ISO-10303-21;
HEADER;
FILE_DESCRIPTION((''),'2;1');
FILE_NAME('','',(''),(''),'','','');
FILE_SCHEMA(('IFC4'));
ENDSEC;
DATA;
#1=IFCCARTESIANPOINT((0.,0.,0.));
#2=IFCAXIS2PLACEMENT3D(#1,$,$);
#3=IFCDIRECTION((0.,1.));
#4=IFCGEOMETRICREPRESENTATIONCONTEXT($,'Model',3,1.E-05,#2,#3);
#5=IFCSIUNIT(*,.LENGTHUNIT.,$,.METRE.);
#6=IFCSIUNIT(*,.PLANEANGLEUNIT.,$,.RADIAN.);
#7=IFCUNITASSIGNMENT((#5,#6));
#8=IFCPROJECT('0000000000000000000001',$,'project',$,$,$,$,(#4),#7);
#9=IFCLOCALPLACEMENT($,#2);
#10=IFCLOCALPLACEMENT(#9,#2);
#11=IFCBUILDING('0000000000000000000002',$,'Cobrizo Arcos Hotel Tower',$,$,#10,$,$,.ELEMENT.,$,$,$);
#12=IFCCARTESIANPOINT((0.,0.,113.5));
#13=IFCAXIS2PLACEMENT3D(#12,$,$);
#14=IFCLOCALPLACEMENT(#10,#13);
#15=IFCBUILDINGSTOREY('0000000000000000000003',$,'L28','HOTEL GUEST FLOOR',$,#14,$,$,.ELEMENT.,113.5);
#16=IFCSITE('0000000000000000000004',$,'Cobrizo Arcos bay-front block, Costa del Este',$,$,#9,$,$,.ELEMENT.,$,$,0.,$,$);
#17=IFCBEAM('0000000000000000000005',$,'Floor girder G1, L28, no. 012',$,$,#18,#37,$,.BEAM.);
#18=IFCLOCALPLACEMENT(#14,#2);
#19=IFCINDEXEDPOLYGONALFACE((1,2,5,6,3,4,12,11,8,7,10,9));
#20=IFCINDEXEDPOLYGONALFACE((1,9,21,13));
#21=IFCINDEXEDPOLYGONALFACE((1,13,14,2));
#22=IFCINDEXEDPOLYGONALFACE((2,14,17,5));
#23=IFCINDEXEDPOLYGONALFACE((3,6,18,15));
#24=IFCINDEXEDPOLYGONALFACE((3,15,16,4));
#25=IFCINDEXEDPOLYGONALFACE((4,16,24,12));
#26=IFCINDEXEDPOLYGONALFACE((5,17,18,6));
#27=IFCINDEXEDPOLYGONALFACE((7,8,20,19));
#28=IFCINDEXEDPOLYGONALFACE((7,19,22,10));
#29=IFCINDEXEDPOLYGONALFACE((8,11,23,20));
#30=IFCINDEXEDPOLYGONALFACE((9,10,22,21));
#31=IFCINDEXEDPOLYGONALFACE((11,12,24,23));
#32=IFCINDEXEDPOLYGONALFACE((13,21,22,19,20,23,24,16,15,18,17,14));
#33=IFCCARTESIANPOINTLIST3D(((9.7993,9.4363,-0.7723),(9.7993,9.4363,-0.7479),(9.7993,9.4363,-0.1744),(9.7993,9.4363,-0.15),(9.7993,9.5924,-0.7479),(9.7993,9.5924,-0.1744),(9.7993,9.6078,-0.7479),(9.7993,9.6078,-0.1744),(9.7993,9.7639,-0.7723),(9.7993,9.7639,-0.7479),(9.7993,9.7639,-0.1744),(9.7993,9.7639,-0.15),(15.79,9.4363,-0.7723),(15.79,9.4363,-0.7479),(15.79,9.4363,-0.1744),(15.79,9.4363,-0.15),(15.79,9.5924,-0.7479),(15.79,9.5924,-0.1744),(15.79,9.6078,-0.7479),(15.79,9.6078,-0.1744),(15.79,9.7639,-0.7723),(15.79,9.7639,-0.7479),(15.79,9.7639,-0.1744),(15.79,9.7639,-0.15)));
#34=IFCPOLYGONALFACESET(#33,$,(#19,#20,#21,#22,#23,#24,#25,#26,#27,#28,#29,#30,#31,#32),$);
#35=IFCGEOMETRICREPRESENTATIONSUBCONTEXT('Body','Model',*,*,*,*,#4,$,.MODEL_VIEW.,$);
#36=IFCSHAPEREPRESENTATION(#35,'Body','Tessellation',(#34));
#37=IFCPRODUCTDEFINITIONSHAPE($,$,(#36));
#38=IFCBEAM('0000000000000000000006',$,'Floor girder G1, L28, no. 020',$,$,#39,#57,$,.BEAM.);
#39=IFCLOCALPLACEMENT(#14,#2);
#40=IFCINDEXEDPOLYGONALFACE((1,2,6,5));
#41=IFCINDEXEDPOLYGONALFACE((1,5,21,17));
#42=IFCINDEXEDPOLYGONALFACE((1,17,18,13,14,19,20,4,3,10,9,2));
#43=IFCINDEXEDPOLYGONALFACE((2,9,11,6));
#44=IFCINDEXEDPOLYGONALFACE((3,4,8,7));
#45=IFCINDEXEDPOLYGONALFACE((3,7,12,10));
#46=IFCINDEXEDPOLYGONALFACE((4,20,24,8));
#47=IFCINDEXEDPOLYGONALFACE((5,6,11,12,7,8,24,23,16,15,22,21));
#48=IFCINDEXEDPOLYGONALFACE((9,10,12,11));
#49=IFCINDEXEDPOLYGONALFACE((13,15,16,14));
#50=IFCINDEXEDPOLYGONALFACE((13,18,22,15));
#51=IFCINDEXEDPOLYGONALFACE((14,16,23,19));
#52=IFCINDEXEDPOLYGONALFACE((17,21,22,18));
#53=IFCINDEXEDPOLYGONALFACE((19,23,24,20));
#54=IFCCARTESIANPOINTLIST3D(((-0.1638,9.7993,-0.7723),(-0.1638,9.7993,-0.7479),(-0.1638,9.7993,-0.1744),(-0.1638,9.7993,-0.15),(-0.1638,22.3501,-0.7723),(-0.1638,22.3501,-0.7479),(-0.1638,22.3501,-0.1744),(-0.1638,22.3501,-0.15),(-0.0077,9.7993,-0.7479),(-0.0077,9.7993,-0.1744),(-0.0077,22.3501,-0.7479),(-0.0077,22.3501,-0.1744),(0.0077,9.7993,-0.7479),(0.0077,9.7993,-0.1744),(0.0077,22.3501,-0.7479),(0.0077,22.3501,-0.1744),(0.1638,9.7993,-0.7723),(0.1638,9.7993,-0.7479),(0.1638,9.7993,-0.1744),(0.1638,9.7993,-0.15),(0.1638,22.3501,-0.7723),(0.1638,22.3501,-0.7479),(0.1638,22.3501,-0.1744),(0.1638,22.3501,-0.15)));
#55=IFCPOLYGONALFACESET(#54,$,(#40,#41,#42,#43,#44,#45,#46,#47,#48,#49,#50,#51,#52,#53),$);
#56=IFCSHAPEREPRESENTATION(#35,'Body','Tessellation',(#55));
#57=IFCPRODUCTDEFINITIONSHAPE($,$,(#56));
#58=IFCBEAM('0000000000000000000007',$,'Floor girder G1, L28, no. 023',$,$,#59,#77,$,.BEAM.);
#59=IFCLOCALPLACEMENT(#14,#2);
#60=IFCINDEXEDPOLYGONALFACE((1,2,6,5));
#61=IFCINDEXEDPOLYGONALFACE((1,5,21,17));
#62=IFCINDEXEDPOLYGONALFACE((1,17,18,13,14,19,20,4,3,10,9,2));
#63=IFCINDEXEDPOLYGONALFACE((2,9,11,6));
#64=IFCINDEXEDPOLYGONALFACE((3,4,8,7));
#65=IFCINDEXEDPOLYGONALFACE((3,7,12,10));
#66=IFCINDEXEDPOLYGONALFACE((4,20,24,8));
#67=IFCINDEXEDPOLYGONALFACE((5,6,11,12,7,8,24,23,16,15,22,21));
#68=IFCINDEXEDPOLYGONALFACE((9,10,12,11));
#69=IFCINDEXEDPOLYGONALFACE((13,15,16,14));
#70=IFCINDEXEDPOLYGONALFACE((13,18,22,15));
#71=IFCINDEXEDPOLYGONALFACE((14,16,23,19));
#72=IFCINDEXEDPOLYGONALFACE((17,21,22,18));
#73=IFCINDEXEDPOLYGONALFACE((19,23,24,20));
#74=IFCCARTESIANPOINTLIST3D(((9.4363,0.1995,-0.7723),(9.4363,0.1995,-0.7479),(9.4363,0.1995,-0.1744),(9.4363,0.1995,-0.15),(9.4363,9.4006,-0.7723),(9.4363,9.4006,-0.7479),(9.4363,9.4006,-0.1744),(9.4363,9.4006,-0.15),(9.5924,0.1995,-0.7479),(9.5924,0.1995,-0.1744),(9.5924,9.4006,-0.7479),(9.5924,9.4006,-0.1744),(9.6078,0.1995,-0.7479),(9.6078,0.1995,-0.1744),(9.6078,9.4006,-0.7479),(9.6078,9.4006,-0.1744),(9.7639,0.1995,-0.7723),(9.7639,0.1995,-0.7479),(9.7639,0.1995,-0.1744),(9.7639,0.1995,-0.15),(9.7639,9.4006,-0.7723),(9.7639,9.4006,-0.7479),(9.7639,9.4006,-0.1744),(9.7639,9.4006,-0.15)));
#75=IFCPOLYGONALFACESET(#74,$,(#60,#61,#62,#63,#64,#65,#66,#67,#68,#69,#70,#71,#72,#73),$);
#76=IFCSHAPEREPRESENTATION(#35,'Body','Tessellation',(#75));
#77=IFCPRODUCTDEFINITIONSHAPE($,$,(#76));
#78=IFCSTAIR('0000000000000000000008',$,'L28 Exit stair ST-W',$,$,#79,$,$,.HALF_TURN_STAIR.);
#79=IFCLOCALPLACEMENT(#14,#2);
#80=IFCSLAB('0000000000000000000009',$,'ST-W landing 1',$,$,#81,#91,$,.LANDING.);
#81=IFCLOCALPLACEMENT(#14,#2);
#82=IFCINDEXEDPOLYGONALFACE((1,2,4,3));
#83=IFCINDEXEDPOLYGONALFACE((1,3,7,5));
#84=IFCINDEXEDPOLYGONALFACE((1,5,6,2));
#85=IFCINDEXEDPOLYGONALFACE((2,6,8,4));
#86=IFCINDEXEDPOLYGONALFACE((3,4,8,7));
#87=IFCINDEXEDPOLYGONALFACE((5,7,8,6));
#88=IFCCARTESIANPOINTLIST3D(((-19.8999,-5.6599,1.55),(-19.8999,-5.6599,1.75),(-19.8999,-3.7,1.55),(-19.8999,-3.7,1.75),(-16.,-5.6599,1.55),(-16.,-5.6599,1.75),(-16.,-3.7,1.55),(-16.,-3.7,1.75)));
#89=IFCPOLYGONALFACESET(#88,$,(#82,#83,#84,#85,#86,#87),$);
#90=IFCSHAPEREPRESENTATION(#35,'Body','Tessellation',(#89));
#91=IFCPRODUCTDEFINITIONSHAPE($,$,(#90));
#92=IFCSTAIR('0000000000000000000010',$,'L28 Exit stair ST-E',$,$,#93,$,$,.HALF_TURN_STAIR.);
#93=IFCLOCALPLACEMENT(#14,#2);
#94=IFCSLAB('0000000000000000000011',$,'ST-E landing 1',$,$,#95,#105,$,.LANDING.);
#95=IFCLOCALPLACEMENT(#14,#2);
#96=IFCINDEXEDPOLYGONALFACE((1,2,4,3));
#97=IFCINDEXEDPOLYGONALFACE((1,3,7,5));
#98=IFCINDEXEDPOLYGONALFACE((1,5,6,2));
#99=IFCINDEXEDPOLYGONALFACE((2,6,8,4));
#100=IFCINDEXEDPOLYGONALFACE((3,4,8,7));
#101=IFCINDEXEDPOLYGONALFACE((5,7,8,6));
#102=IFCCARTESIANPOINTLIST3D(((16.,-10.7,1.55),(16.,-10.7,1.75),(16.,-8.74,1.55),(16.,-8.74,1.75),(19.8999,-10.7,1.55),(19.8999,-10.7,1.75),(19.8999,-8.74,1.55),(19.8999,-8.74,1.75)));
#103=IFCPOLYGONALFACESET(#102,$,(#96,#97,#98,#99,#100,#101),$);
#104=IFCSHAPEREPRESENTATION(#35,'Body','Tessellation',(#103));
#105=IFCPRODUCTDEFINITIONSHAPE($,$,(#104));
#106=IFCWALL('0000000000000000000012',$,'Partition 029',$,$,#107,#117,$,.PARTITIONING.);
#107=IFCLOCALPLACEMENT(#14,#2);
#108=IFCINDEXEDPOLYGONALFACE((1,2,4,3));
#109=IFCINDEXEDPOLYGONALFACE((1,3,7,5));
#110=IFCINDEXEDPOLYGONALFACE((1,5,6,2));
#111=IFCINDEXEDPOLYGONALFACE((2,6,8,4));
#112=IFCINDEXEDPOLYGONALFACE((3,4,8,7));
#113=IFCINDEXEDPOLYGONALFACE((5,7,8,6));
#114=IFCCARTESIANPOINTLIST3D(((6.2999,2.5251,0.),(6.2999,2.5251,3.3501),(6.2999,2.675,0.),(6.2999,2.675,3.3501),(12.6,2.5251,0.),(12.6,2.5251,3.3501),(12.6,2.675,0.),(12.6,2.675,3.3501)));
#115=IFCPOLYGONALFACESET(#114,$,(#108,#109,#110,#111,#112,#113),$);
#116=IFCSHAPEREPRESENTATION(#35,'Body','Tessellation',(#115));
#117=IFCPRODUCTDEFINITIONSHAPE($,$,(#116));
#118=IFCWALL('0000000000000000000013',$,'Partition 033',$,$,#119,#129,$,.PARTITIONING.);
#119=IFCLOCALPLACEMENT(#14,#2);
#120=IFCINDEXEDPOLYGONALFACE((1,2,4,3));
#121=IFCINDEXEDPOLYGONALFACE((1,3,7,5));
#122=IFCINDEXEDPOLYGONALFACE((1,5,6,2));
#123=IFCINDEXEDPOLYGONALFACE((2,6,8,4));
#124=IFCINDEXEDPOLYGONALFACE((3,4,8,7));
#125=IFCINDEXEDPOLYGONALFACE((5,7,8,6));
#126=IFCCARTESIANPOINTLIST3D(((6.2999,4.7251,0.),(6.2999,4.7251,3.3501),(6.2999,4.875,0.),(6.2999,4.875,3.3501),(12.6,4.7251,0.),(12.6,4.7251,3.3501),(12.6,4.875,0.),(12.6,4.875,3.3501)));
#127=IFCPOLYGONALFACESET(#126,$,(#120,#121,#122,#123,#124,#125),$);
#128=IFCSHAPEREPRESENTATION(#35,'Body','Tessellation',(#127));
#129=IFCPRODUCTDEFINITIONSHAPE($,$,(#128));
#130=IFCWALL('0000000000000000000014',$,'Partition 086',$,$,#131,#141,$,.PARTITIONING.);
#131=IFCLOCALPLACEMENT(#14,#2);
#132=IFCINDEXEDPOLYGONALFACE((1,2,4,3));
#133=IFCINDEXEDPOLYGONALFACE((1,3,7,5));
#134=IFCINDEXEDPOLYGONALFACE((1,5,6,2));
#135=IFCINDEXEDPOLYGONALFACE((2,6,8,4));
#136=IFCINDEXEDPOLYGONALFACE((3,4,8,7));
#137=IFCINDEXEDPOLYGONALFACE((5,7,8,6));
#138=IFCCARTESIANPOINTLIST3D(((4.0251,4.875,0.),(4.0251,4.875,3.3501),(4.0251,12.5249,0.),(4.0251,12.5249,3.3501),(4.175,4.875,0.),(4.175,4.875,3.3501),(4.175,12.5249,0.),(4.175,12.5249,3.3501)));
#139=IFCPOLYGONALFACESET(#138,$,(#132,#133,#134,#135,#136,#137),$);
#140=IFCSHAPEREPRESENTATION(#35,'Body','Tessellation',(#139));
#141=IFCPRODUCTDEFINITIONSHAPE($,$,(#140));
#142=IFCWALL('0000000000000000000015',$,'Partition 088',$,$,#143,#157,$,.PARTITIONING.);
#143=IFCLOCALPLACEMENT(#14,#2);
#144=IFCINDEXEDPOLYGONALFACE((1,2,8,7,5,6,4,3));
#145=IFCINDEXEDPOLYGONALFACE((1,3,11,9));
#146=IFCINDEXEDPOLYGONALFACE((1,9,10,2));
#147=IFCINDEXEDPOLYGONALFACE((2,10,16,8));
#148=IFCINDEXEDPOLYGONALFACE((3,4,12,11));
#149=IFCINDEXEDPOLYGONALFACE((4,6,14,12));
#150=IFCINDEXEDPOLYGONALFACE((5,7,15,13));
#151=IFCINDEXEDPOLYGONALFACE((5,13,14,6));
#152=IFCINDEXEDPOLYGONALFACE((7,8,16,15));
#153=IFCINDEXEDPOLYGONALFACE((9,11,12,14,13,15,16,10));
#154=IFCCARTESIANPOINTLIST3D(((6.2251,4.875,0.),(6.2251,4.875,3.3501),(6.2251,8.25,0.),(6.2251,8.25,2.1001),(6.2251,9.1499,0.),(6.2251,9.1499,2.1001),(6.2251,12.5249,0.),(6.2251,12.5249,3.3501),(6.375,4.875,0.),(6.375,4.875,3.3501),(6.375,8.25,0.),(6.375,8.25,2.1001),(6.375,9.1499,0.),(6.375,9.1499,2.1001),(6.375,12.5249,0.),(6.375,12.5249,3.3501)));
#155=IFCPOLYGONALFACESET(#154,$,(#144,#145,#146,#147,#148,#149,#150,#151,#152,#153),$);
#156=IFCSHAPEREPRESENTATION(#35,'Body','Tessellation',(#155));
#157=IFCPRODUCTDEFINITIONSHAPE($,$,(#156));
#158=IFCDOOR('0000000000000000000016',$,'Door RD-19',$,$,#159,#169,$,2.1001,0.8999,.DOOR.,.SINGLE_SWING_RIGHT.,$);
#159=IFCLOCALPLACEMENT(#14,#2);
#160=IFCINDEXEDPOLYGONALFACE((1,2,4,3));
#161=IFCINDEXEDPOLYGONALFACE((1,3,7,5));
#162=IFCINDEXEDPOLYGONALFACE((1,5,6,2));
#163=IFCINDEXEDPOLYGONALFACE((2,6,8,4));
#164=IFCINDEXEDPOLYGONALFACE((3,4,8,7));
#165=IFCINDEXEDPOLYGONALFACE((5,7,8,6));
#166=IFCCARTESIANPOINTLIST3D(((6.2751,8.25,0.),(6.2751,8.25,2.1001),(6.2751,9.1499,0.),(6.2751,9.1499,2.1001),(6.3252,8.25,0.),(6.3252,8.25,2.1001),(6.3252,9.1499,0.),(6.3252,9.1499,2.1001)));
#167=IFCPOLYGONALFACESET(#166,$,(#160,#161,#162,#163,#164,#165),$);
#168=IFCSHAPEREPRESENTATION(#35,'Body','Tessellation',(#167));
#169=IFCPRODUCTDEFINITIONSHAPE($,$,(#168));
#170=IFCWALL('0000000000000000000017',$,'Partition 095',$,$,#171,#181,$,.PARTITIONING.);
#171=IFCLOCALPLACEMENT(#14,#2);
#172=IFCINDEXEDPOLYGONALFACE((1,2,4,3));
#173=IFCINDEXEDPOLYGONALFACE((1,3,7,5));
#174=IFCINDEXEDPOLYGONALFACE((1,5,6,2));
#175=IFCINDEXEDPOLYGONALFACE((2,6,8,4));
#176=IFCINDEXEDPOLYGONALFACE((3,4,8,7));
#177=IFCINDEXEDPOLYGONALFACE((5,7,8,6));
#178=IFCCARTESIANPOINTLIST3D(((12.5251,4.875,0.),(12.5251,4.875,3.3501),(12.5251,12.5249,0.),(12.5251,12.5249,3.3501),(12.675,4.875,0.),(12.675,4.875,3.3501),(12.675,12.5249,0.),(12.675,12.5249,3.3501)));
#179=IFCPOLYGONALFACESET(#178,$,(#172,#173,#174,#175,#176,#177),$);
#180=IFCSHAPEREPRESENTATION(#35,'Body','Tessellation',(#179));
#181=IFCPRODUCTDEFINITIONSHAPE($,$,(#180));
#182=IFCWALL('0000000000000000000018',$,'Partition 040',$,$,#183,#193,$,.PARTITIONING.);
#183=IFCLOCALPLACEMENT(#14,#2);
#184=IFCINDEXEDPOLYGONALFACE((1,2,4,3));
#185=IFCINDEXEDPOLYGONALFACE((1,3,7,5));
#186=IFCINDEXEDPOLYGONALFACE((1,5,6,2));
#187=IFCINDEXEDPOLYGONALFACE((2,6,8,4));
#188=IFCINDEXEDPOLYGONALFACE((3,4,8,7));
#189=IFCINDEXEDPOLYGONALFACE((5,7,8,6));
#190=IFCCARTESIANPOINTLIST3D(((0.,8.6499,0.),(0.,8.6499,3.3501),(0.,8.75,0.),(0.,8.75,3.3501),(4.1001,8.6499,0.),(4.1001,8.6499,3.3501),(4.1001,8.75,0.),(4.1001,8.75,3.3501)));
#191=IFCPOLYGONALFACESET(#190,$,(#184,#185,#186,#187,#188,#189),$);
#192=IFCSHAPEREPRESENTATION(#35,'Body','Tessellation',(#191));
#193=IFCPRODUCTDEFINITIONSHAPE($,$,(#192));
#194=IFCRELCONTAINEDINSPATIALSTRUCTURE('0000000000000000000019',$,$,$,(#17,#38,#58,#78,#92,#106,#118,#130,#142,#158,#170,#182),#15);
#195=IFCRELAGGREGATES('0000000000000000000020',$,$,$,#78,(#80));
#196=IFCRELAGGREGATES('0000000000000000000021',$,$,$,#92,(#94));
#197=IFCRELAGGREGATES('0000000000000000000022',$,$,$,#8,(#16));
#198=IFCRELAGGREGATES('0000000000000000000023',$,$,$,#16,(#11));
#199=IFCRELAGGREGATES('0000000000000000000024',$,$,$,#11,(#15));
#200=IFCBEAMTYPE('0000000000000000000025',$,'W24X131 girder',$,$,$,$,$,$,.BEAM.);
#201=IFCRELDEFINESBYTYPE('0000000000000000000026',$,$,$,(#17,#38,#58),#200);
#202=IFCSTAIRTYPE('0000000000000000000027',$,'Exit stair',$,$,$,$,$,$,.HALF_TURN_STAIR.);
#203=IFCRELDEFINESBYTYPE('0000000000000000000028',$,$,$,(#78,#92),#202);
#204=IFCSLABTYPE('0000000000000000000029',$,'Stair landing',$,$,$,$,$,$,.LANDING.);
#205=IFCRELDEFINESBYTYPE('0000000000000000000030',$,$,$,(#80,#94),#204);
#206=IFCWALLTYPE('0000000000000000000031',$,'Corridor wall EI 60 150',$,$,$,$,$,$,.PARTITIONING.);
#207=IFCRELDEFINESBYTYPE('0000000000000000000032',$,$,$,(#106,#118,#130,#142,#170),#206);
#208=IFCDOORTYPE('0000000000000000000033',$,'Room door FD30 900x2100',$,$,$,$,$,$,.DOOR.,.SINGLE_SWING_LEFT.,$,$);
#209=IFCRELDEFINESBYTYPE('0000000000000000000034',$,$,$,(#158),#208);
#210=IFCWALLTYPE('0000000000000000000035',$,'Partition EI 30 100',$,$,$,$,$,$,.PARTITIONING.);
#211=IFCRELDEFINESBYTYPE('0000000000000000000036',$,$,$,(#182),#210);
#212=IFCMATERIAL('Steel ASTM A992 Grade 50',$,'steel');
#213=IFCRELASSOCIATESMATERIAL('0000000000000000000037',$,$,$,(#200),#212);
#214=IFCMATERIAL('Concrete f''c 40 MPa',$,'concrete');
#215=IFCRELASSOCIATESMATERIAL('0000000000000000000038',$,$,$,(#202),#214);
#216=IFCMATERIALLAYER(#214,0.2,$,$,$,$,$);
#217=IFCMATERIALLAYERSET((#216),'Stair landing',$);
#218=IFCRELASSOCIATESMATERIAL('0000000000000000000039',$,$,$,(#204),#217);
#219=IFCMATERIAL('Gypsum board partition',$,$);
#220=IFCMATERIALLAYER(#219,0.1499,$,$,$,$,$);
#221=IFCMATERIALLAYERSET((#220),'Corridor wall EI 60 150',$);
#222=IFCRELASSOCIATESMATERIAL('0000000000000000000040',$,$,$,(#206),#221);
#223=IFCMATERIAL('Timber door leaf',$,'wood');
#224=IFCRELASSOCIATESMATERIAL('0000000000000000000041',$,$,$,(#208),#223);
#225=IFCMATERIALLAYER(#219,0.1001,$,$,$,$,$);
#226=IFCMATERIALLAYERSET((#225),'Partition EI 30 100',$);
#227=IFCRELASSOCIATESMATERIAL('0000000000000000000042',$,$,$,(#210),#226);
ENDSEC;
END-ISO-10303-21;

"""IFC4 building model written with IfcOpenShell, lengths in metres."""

from ifc_helpers import new_model, si_unit, direction, frame, frame_2d, origin, origin_2d, place, context, subcontext, project, spatial, polyline, rectangle, i_section, outline, extrude, material, layer, layer_set, material_profile, profile_set, type_object, element, fill, aggregate, save


model = new_model("IFC4")

# Units and contexts
model_context = context("Model", 3, precision=1e-05, world=origin(), true_north=direction((0.0, 1.0)))
body_context = subcontext(model_context, "Body", "Model", "MODEL_VIEW")
ifc_project = project(units=[si_unit("LENGTHUNIT", "METRE"), si_unit("PLANEANGLEUNIT", "RADIAN")], contexts=[model_context])

# Site, building, storey
site_placement = place(None, origin())
site = spatial("IfcSite", under=ifc_project, at=site_placement, Name="Cobrizo Arcos bay-front block, Costa del Este", CompositionType="ELEMENT", RefElevation=0.0)
building_placement = place(site_placement, origin())
building = spatial("IfcBuilding", under=site, at=building_placement, Name="Cobrizo Arcos Hotel Tower", CompositionType="ELEMENT")
storey_placement = place(building_placement, frame((0.0, 0.0, 113.5)))
storey = spatial("IfcBuildingStorey", under=building, at=storey_placement, Name="L28", Description="HOTEL GUEST FLOOR", CompositionType="ELEMENT", Elevation=113.5)

# Shared definitions
ifc_material_1 = material(Name="Steel ASTM A992 Grade 50", Category="steel")

# Beams
ifc_material_profile_1 = material_profile(ifc_material_1, i_section(OverallWidth=0.3276, OverallDepth=0.6223, WebThickness=0.0154, FlangeThickness=0.0244, at=origin_2d()), Name="W24X131")
ifc_profile_set_1 = profile_set([ifc_material_profile_1], Name="Steel ASTM A992 Grade 50")
beam_type_1 = type_object("IfcBeamType", Name="W24X131 girder", PredefinedType="BEAM", material=ifc_profile_set_1)
beam_1_placement = place(storey_placement, frame((9.7993, 9.6001, -0.4612), z_axis=(1.0, 0.0, 0.0), x_axis=(0.0, 1.0, 0.0)))
element("IfcBeam", 1, at=beam_1_placement, inside=storey, type_object=beam_type_1, Name="Floor girder G1, L28, no. 012", PredefinedType="BEAM", context=body_context, shape_type="SweptSolid", body=[
    extrude(i_section(OverallWidth=0.3276, OverallDepth=0.6223, WebThickness=0.0154, FlangeThickness=0.0244, at=origin_2d()), origin(), (0.0, 0.0, 1.0), 5.9907),
])
beam_2_placement = place(storey_placement, frame((0.0, 9.7993, -0.4612), z_axis=(0.0, 1.0, 0.0), x_axis=(-1.0, 0.0, 0.0)))
element("IfcBeam", 2, at=beam_2_placement, inside=storey, type_object=beam_type_1, Name="Floor girder G1, L28, no. 020", PredefinedType="BEAM", context=body_context, shape_type="SweptSolid", body=[
    extrude(i_section(OverallWidth=0.3276, OverallDepth=0.6223, WebThickness=0.0154, FlangeThickness=0.0244, at=origin_2d()), origin(), (0.0, 0.0, 1.0), 12.5508),
])
beam_3_placement = place(storey_placement, frame((9.6001, 0.1995, -0.4612), z_axis=(0.0, 1.0, 0.0), x_axis=(-1.0, 0.0, 0.0)))
element("IfcBeam", 3, at=beam_3_placement, inside=storey, type_object=beam_type_1, Name="Floor girder G1, L28, no. 023", PredefinedType="BEAM", context=body_context, shape_type="SweptSolid", body=[
    extrude(i_section(OverallWidth=0.3276, OverallDepth=0.6223, WebThickness=0.0154, FlangeThickness=0.0244, at=origin_2d()), origin(), (0.0, 0.0, 1.0), 9.2012),
])

# Stairs, slabs
ifc_material_2 = material(Name="Concrete f'c 40 MPa", Category="concrete")
stair_type = type_object("IfcStairType", Name="Exit stair", PredefinedType="HALF_TURN_STAIR", material=ifc_material_2)
stair_1_placement = place(storey_placement, origin())
stair_1 = element("IfcStair", 4, at=stair_1_placement, inside=storey, type_object=stair_type, Name="L28 Exit stair ST-W", PredefinedType="HALF_TURN_STAIR")
ifc_layer_1 = layer(ifc_material_2, 0.2)
ifc_layer_set_1 = layer_set([ifc_layer_1], Name="Stair landing")
slab_type = type_object("IfcSlabType", Name="Stair landing", PredefinedType="LANDING", material=ifc_layer_set_1)
slab_1_placement = place(storey_placement, frame((0.0, 0.0, 1.55)))
slab_1 = element("IfcSlab", 5, at=slab_1_placement, type_object=slab_type, Name="ST-W landing 1", PredefinedType="LANDING", context=body_context, shape_type="SweptSolid", body=[
    extrude(outline(polyline([(-16.0, -5.6599), (-16.0, -3.7), (-19.8999, -3.7), (-19.8999, -5.6599), (-16.0, -5.6599)])), origin(), (0.0, 0.0, 1.0), 0.2),
])
aggregate(stair_1, [slab_1])
stair_2_placement = place(storey_placement, origin())
stair_2 = element("IfcStair", 6, at=stair_2_placement, inside=storey, type_object=stair_type, Name="L28 Exit stair ST-E", PredefinedType="HALF_TURN_STAIR")
slab_2_placement = place(storey_placement, frame((0.0, 0.0, 1.55)))
slab_2 = element("IfcSlab", 7, at=slab_2_placement, type_object=slab_type, Name="ST-E landing 1", PredefinedType="LANDING", context=body_context, shape_type="SweptSolid", body=[
    extrude(outline(polyline([(16.0, -8.74), (16.0, -10.7), (19.8999, -10.7), (19.8999, -8.74), (16.0, -8.74)])), origin(), (0.0, 0.0, 1.0), 0.2),
])
aggregate(stair_2, [slab_2])

# Walls
ifc_material_3 = material(Name="Gypsum board partition")
ifc_layer_2 = layer(ifc_material_3, 0.1499)
ifc_layer_set_2 = layer_set([ifc_layer_2], Name="Corridor wall EI 60 150")
wall_type_1 = type_object("IfcWallType", Name="Corridor wall EI 60 150", PredefinedType="PARTITIONING", material=ifc_layer_set_2)
for number, where, z_axis, x_axis, name in (
    (8, (6.3, 2.6001, 0.0), (0.0, 0.0, 1.0), (1.0, 0.0, 0.0), "Partition 029"),
    (9, (6.3, 4.8, 0.0), (0.0, 0.0, 1.0), (1.0, 0.0, 0.0), "Partition 033"),
):
    element("IfcWall", number, at=place(storey_placement, frame(where, z_axis=z_axis, x_axis=x_axis)), inside=storey, type_object=wall_type_1, Name=name, PredefinedType="PARTITIONING", context=body_context, shape_type="SweptSolid", body=[
        extrude(rectangle(XDim=6.3, YDim=0.1499, at=frame_2d((3.1499, 0.0))), origin(), (0.0, 0.0, 1.0), 3.3501),
    ])
wall_1_placement = place(storey_placement, frame((4.1001, 4.875, 0.0), z_axis=(0.0, 0.0, 1.0), x_axis=(0.0, 1.0, 0.0)))
element("IfcWall", 10, at=wall_1_placement, inside=storey, type_object=wall_type_1, Name="Partition 086", PredefinedType="PARTITIONING", context=body_context, shape_type="SweptSolid", body=[
    extrude(rectangle(XDim=7.6499, YDim=0.1499, at=frame_2d((3.825, 0.0))), origin(), (0.0, 0.0, 1.0), 3.3501),
])

# Wall, opening, door
wall_2_placement = place(storey_placement, frame((6.3, 4.875, 0.0), z_axis=(0.0, 0.0, 1.0), x_axis=(0.0, 1.0, 0.0)))
wall_2 = element("IfcWall", 11, at=wall_2_placement, inside=storey, type_object=wall_type_1, Name="Partition 088", PredefinedType="PARTITIONING", context=body_context, shape_type="SweptSolid", body=[
    extrude(rectangle(XDim=7.6499, YDim=0.1499, at=frame_2d((3.825, 0.0))), origin(), (0.0, 0.0, 1.0), 3.3501),
])
opening_1_placement = place(wall_2_placement, frame((3.375, 0.0, 0.0)))
opening_1 = element("IfcOpeningElement", 12, at=opening_1_placement, cuts=wall_2, PredefinedType="OPENING", context=body_context, shape_type="SweptSolid", body=[
    extrude(rectangle(XDim=0.8999, YDim=2.1001, at=frame_2d((0.45, 1.05))), frame((0.0, 0.0869, 0.0), z_axis=(0.0, -1.0, 0.0), x_axis=(1.0, 0.0, 0.0)), (0.0, 0.0, 1.0), 0.1738),
])
ifc_material_4 = material(Name="Timber door leaf", Category="wood")
door_type_1 = type_object("IfcDoorType", Name="Room door FD30 900x2100", OperationType="SINGLE_SWING_LEFT", PredefinedType="DOOR", material=ifc_material_4)
door_1_placement = place(opening_1_placement, origin())
door_1 = element("IfcDoor", 13, at=door_1_placement, inside=storey, type_object=door_type_1, Name="Door RD-19", OperationType="SINGLE_SWING_RIGHT", OverallHeight=2.1001, OverallWidth=0.8999, PredefinedType="DOOR", context=body_context, shape_type="SweptSolid", body=[
    extrude(rectangle(XDim=0.8999, YDim=2.1001, at=frame_2d((0.45, 1.05))), frame((0.0, 0.0249, 0.0), z_axis=(0.0, -1.0, 0.0), x_axis=(1.0, 0.0, 0.0)), (0.0, 0.0, 1.0), 0.05),
])
fill(opening_1, door_1)

# Walls
wall_3_placement = place(storey_placement, frame((12.6001, 4.875, 0.0), z_axis=(0.0, 0.0, 1.0), x_axis=(0.0, 1.0, 0.0)))
element("IfcWall", 14, at=wall_3_placement, inside=storey, type_object=wall_type_1, Name="Partition 095", PredefinedType="PARTITIONING", context=body_context, shape_type="SweptSolid", body=[
    extrude(rectangle(XDim=7.6499, YDim=0.1499, at=frame_2d((3.825, 0.0))), origin(), (0.0, 0.0, 1.0), 3.3501),
])
ifc_layer_3 = layer(ifc_material_3, 0.1001)
ifc_layer_set_3 = layer_set([ifc_layer_3], Name="Partition EI 30 100")
wall_type_2 = type_object("IfcWallType", Name="Partition EI 30 100", PredefinedType="PARTITIONING", material=ifc_layer_set_3)
wall_4_placement = place(storey_placement, frame((0.0, 8.7, 0.0), z_axis=(0.0, 0.0, 1.0), x_axis=(1.0, 0.0, 0.0)))
element("IfcWall", 15, at=wall_4_placement, inside=storey, type_object=wall_type_2, Name="Partition 040", PredefinedType="PARTITIONING", context=body_context, shape_type="SweptSolid", body=[
    extrude(rectangle(XDim=4.1001, YDim=0.1001, at=frame_2d((2.05, 0.0))), origin(), (0.0, 0.0, 1.0), 3.3501),
])

save(model, "model.ifc")
